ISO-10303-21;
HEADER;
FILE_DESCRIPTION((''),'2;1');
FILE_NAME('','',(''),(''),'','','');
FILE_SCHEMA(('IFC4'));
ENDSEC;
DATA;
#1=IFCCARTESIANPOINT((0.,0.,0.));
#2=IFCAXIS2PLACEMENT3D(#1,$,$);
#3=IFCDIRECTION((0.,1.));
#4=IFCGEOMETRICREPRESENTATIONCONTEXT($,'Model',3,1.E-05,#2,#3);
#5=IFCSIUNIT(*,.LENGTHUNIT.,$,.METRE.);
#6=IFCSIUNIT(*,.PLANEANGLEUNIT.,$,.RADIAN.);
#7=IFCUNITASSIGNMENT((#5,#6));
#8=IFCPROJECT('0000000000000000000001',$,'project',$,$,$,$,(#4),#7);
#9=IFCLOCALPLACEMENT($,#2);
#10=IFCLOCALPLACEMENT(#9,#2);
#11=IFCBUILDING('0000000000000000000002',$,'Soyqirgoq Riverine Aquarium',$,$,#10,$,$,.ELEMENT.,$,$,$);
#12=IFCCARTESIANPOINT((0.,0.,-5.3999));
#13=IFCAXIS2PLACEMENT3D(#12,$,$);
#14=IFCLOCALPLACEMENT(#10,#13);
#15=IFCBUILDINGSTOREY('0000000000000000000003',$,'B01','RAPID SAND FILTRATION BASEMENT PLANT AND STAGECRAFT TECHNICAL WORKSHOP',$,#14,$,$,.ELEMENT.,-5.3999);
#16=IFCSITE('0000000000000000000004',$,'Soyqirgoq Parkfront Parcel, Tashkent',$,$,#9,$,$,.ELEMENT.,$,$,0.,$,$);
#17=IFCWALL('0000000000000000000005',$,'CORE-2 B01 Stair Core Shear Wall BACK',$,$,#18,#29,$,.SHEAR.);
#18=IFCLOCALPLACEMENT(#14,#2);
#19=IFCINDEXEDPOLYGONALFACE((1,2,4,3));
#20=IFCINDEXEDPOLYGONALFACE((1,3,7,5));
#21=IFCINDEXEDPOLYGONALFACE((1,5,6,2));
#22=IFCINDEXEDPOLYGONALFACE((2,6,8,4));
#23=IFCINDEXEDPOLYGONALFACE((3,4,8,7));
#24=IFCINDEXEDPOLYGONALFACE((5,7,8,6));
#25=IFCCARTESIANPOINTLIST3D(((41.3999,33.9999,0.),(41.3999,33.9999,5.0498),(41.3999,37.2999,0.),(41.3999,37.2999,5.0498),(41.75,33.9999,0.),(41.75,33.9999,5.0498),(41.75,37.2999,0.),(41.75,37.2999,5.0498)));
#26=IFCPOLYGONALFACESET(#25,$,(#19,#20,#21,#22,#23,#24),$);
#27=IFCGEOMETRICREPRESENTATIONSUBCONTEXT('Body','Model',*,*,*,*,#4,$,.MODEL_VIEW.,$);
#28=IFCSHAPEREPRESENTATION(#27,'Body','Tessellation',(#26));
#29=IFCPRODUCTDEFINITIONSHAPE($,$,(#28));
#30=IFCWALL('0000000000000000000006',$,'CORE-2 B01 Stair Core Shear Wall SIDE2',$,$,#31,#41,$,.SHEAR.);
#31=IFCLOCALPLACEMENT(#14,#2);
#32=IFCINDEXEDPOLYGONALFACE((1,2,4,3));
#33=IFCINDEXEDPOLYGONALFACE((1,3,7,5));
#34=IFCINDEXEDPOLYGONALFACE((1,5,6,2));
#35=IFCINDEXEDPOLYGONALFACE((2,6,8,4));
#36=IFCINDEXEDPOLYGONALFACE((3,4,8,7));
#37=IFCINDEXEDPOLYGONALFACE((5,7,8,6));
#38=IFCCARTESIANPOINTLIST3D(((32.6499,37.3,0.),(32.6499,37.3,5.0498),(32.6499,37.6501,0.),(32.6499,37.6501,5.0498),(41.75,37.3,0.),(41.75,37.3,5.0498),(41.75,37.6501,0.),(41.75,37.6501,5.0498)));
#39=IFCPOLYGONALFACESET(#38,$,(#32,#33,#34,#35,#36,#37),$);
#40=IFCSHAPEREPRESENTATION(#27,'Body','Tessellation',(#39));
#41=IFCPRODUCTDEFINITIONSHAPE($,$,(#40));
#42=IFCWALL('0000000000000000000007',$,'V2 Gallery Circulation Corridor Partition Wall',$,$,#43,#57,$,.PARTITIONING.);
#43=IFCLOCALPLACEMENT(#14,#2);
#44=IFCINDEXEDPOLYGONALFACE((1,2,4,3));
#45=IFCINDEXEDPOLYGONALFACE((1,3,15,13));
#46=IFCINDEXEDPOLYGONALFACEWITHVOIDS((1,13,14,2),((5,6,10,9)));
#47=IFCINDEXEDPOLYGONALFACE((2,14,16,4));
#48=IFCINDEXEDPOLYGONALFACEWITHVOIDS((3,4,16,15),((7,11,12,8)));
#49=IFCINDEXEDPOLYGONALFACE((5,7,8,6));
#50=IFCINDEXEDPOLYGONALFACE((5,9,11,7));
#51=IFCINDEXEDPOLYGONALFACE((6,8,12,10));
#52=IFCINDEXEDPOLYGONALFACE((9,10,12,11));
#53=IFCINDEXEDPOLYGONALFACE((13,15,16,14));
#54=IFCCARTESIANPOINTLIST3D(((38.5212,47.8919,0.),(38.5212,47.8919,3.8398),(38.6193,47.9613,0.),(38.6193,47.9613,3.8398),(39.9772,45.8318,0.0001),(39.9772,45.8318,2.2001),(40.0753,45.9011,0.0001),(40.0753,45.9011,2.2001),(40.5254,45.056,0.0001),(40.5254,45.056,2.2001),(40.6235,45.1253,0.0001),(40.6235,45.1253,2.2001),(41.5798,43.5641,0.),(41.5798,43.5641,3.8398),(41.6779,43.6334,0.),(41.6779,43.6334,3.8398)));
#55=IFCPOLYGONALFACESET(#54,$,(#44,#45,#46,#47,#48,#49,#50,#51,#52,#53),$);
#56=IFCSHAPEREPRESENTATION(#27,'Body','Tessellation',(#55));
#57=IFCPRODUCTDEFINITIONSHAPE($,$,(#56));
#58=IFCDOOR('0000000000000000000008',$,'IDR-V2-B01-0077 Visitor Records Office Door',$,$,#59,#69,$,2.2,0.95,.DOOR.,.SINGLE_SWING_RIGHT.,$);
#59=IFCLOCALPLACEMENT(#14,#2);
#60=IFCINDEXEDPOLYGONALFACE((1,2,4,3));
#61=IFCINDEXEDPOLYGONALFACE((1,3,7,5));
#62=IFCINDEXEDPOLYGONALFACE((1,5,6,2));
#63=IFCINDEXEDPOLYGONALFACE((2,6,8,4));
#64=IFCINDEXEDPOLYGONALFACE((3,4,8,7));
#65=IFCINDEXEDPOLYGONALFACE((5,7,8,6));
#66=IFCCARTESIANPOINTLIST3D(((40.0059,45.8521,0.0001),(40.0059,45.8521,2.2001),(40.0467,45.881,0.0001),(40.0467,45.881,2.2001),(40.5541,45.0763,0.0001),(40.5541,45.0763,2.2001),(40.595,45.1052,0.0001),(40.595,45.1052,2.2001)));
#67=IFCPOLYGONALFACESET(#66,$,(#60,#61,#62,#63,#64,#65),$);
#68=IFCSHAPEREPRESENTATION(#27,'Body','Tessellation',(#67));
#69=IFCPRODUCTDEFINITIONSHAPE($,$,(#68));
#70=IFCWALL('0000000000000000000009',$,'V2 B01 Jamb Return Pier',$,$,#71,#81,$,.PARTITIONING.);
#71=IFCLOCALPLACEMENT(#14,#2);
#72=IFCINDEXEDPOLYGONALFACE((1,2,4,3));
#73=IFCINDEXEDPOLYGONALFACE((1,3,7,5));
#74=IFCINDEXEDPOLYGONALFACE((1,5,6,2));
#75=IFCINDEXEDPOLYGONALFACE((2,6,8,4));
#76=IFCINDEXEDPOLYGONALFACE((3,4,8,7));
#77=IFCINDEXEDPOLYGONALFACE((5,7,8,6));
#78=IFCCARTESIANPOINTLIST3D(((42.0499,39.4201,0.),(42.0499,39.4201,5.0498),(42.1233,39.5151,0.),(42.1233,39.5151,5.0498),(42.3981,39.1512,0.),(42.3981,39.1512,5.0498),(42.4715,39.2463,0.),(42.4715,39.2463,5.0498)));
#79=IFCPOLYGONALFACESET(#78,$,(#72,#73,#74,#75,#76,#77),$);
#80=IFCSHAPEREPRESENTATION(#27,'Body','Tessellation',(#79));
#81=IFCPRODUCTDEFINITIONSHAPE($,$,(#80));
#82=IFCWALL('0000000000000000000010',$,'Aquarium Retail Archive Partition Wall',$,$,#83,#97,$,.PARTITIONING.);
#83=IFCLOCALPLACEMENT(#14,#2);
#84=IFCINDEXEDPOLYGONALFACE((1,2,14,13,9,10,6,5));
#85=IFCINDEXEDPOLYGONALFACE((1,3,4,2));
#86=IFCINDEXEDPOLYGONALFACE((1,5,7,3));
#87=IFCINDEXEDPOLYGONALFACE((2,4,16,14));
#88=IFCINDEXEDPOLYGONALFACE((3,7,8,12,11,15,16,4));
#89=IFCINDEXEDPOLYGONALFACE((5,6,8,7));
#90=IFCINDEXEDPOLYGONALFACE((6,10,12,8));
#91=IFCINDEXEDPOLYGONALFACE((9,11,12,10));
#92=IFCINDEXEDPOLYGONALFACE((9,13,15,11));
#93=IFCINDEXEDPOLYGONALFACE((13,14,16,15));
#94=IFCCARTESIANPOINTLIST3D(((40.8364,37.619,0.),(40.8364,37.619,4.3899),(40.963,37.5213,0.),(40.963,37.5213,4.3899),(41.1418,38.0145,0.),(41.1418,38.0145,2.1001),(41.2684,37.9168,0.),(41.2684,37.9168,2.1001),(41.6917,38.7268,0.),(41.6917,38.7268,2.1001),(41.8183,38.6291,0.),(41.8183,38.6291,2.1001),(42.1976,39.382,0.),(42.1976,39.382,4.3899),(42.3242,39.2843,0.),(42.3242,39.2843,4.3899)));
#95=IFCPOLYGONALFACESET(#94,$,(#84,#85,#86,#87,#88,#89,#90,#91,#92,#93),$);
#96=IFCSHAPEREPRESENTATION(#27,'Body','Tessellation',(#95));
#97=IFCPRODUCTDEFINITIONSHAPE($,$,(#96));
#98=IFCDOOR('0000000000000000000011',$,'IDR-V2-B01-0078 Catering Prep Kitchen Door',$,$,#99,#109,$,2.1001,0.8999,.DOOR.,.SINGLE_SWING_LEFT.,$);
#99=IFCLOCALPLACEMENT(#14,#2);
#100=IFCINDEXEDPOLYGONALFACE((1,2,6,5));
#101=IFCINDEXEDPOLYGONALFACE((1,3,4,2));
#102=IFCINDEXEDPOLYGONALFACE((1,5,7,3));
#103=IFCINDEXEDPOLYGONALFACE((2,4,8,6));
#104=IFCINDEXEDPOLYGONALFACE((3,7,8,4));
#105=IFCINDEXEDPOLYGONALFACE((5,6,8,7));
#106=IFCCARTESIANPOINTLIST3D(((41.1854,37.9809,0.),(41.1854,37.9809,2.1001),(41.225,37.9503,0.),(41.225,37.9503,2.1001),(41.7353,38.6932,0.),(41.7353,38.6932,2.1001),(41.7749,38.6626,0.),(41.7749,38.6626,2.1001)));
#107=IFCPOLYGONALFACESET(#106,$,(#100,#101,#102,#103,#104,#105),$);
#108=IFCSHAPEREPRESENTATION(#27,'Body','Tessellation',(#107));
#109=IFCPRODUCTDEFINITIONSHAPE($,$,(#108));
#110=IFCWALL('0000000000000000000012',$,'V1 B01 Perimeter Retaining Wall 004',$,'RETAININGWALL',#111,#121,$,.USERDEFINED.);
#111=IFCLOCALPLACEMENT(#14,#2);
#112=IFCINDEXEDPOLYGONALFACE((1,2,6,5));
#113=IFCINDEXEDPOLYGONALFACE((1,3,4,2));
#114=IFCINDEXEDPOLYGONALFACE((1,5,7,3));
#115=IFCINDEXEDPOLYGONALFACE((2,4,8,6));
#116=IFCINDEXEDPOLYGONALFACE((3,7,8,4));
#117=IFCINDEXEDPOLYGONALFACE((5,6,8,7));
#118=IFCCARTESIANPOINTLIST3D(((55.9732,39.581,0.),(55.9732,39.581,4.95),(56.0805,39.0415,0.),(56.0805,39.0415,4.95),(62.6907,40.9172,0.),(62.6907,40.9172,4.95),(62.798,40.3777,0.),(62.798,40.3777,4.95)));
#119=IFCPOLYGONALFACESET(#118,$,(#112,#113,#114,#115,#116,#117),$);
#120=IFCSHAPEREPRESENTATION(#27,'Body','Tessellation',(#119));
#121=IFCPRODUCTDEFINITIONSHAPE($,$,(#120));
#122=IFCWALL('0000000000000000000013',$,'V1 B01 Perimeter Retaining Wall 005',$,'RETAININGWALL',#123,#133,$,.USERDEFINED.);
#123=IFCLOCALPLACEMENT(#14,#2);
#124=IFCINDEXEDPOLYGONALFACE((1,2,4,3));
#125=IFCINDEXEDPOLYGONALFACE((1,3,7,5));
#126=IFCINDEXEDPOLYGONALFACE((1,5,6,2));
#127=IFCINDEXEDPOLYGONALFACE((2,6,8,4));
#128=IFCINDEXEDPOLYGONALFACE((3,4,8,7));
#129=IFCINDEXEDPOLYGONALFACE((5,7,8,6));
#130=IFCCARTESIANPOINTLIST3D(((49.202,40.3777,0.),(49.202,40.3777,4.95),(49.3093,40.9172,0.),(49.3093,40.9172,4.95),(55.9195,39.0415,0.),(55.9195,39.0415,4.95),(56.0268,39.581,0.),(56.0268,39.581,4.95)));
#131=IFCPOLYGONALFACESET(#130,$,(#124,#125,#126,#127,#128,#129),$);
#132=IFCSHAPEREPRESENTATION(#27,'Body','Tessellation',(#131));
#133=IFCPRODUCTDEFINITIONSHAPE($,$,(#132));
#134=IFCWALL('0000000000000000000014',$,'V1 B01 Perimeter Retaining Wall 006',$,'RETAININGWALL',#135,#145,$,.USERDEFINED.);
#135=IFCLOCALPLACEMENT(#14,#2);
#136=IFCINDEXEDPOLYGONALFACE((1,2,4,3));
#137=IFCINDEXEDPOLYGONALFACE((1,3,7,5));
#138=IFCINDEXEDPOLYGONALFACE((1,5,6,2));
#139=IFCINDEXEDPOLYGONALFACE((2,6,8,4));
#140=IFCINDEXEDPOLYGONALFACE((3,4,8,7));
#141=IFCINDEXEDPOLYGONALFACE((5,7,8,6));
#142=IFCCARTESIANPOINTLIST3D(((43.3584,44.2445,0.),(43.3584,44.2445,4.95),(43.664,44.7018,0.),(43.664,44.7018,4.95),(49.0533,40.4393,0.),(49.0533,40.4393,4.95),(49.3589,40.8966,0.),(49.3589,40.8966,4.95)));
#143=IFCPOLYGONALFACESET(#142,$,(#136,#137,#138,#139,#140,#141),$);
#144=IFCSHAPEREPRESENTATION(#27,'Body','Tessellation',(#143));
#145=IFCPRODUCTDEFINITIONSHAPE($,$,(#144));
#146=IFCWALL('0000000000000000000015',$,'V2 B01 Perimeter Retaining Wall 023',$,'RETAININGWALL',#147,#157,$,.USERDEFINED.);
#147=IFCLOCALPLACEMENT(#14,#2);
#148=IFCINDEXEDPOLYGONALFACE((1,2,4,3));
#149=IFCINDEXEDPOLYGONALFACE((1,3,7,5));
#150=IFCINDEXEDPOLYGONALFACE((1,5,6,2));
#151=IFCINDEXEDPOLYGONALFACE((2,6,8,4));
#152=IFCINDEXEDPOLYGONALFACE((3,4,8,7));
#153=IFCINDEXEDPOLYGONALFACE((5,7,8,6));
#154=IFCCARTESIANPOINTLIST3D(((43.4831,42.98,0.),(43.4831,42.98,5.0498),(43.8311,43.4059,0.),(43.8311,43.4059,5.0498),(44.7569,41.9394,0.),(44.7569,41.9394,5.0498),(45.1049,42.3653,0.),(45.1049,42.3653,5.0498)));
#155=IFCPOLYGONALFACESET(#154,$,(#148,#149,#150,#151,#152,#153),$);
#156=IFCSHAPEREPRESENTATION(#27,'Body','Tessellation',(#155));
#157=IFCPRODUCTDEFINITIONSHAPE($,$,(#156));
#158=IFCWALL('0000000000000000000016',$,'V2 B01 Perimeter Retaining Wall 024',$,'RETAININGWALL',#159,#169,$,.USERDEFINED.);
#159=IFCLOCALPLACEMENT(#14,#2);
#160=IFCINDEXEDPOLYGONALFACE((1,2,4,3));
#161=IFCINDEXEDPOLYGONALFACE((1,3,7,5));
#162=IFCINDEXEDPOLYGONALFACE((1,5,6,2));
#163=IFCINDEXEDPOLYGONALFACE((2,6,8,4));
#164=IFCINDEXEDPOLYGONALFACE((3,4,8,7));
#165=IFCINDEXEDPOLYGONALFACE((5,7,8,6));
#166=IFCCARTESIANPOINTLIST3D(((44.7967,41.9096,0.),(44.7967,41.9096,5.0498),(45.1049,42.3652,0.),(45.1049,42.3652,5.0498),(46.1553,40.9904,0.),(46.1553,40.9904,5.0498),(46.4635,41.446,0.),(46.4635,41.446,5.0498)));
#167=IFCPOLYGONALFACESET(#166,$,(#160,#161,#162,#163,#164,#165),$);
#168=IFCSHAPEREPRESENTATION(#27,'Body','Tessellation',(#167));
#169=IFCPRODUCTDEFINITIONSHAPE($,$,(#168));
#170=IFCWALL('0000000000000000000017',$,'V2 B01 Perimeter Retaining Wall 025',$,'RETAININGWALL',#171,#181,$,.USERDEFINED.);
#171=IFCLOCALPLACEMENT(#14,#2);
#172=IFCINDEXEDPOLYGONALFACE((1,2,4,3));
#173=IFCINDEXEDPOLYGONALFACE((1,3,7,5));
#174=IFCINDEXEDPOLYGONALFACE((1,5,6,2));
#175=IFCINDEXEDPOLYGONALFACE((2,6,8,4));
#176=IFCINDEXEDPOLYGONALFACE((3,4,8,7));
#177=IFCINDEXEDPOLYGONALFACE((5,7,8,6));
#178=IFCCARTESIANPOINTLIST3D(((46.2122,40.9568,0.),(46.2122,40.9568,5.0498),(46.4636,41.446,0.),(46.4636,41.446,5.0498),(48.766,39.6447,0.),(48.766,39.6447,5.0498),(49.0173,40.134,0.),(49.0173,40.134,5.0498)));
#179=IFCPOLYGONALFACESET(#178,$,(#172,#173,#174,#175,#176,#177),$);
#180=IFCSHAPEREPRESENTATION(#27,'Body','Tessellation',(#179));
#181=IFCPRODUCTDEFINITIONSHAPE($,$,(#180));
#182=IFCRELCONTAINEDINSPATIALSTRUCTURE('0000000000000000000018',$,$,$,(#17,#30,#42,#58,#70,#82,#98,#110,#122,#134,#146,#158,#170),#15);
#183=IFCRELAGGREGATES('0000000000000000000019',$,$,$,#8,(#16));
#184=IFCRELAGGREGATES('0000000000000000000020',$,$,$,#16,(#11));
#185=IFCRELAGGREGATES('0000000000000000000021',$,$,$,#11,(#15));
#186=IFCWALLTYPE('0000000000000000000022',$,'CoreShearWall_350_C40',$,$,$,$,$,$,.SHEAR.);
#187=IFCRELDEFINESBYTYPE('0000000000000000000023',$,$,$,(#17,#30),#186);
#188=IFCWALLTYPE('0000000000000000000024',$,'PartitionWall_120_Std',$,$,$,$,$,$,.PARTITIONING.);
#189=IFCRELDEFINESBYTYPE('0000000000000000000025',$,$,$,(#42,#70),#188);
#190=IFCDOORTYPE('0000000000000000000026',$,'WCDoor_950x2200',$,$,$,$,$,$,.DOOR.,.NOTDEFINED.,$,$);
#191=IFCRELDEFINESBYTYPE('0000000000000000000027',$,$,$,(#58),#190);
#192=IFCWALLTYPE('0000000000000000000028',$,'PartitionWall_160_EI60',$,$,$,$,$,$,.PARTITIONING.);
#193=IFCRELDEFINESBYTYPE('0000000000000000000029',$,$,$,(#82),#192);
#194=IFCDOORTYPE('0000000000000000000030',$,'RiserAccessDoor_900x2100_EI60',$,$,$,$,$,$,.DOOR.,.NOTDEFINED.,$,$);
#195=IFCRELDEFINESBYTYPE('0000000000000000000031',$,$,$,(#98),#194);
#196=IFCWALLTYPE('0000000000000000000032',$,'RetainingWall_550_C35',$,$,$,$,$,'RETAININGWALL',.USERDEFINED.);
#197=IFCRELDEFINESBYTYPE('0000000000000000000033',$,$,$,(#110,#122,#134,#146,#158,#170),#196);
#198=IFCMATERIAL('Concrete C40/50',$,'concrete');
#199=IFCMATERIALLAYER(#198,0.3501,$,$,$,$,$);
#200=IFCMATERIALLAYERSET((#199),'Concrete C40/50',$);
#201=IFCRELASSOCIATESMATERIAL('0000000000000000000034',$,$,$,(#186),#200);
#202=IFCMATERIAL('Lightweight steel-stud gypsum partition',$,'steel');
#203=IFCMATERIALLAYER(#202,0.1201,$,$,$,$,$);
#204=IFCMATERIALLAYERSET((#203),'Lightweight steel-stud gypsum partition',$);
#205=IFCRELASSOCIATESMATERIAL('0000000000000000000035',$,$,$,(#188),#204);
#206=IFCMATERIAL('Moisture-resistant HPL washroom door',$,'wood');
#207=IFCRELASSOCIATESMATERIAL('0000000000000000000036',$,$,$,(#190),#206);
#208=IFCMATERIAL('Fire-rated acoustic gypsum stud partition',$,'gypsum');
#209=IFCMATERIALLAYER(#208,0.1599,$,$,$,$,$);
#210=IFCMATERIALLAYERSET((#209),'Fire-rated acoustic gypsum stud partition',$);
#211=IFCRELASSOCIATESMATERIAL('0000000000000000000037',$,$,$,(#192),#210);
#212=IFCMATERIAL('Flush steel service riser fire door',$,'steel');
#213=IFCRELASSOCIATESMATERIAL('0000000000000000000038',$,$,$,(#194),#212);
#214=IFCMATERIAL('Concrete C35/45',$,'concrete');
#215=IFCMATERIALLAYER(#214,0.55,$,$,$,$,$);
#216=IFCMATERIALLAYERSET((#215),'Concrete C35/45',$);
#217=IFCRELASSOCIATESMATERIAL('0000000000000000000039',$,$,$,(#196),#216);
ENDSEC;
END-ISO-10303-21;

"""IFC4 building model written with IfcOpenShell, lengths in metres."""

from ifc_helpers import new_model, si_unit, direction, frame, frame_2d, origin, place, context, subcontext, project, spatial, rectangle, extrude, material, layer, layer_set, type_object, element, fill, save


model = new_model("IFC4")

# Units and contexts
model_context = context("Model", 3, precision=1e-05, world=origin(), true_north=direction((0.0, 1.0)))
body_context = subcontext(model_context, "Body", "Model", "MODEL_VIEW")
ifc_project = project(units=[si_unit("LENGTHUNIT", "METRE"), si_unit("PLANEANGLEUNIT", "RADIAN")], contexts=[model_context])

# Site, building, storey
site_placement = place(None, origin())
site = spatial("IfcSite", under=ifc_project, at=site_placement, Name="Soyqirgoq Parkfront Parcel, Tashkent", CompositionType="ELEMENT", RefElevation=0.0)
building_placement = place(site_placement, origin())
building = spatial("IfcBuilding", under=site, at=building_placement, Name="Soyqirgoq Riverine Aquarium", CompositionType="ELEMENT")
storey_placement = place(building_placement, frame((0.0, 0.0, -5.3999)))
storey = spatial("IfcBuildingStorey", under=building, at=storey_placement, Name="B01", Description="RAPID SAND FILTRATION BASEMENT PLANT AND STAGECRAFT TECHNICAL WORKSHOP", CompositionType="ELEMENT", Elevation=-5.3999)

# Walls
ifc_material_1 = material(Name="Concrete C40/50", Category="concrete")
ifc_layer_1 = layer(ifc_material_1, 0.3501)
ifc_layer_set_1 = layer_set([ifc_layer_1], Name="Concrete C40/50")
wall_type_1 = type_object("IfcWallType", Name="CoreShearWall_350_C40", PredefinedType="SHEAR", material=ifc_layer_set_1)
wall_1_placement = place(storey_placement, frame((41.575, 34.0, 0.0), z_axis=(0.0, 0.0, 1.0), x_axis=(0.0, 1.0, 0.0)))
element("IfcWall", 1, at=wall_1_placement, inside=storey, type_object=wall_type_1, Name="CORE-2 B01 Stair Core Shear Wall BACK", PredefinedType="SHEAR", context=body_context, shape_type="SweptSolid", body=[
    extrude(rectangle(XDim=3.3, YDim=0.3501, at=frame_2d((1.6499, 0.0))), origin(), (0.0, 0.0, 1.0), 5.0498),
])
wall_2_placement = place(storey_placement, frame((41.75, 37.4751, 0.0), z_axis=(0.0, 0.0, 1.0), x_axis=(-1.0, 0.0, 0.0)))
element("IfcWall", 2, at=wall_2_placement, inside=storey, type_object=wall_type_1, Name="CORE-2 B01 Stair Core Shear Wall SIDE2", PredefinedType="SHEAR", context=body_context, shape_type="SweptSolid", body=[
    extrude(rectangle(XDim=9.1001, YDim=0.3501, at=frame_2d((4.55, 0.0))), origin(), (0.0, 0.0, 1.0), 5.0498),
])

# Wall, opening, door
ifc_material_2 = material(Name="Lightweight steel-stud gypsum partition", Category="steel")
ifc_layer_2 = layer(ifc_material_2, 0.1201)
ifc_layer_set_2 = layer_set([ifc_layer_2], Name="Lightweight steel-stud gypsum partition")
wall_type_2 = type_object("IfcWallType", Name="PartitionWall_120_Std", PredefinedType="PARTITIONING", material=ifc_layer_set_2)
wall_3_placement = place(storey_placement, frame((41.6289, 43.5986, 0.0), z_axis=(0.0, 0.0, 1.0), x_axis=(-0.577139, 0.816646, 0.0)))
wall_3 = element("IfcWall", 3, at=wall_3_placement, inside=storey, type_object=wall_type_2, Name="V2 Gallery Circulation Corridor Partition Wall", PredefinedType="PARTITIONING", context=body_context, shape_type="SweptSolid", body=[
    extrude(rectangle(XDim=5.2996, YDim=0.1201, at=frame_2d((2.6499, 0.0))), origin(), (0.0, 0.0, 1.0), 3.8398),
])
opening_1_placement = place(wall_3_placement, frame((1.8269, 0.0, 0.0)))
opening_1 = element("IfcOpeningElement", 4, at=opening_1_placement, cuts=wall_3, PredefinedType="OPENING", context=body_context, shape_type="SweptSolid", body=[
    extrude(rectangle(XDim=0.95, YDim=2.2, at=frame_2d((0.4751, 1.1001))), frame((0.0, 0.0701, 0.0), z_axis=(0.0, -1.0, 0.0), x_axis=(1.0, 0.0, 0.0)), (0.0, 0.0, 1.0), 0.1401),
])
ifc_material_3 = material(Name="Moisture-resistant HPL washroom door", Category="wood")
door_type_1 = type_object("IfcDoorType", Name="WCDoor_950x2200", OperationType="NOTDEFINED", PredefinedType="DOOR", material=ifc_material_3)
door_1_placement = place(opening_1_placement, origin())
door_1 = element("IfcDoor", 5, at=door_1_placement, inside=storey, type_object=door_type_1, Name="IDR-V2-B01-0077 Visitor Records Office Door", OperationType="SINGLE_SWING_RIGHT", OverallHeight=2.2, OverallWidth=0.95, PredefinedType="DOOR", context=body_context, shape_type="SweptSolid", body=[
    extrude(rectangle(XDim=0.95, YDim=2.2, at=frame_2d((0.4751, 1.1001))), frame((0.0, 0.0249, 0.0), z_axis=(0.0, -1.0, 0.0), x_axis=(1.0, 0.0, 0.0)), (0.0, 0.0, 1.0), 0.05),
])
fill(opening_1, door_1)

# Wall
wall_4_placement = place(storey_placement, frame((42.4348, 39.1987, 0.0), z_axis=(0.0, 0.0, 1.0), x_axis=(-0.791529, 0.611132, 0.0)))
element("IfcWall", 6, at=wall_4_placement, inside=storey, type_object=wall_type_2, Name="V2 B01 Jamb Return Pier", PredefinedType="PARTITIONING", context=body_context, shape_type="SweptSolid", body=[
    extrude(rectangle(XDim=0.4399, YDim=0.1201, at=frame_2d((0.22, 0.0))), origin(), (0.0, 0.0, 1.0), 5.0498),
])

# Wall, opening, door
ifc_material_4 = material(Name="Fire-rated acoustic gypsum stud partition", Category="gypsum")
ifc_layer_3 = layer(ifc_material_4, 0.1599)
ifc_layer_set_3 = layer_set([ifc_layer_3], Name="Fire-rated acoustic gypsum stud partition")
wall_type_3 = type_object("IfcWallType", Name="PartitionWall_160_EI60", PredefinedType="PARTITIONING", material=ifc_layer_set_3)
wall_5_placement = place(storey_placement, frame((40.8997, 37.5701, 0.0), z_axis=(0.0, 0.0, 1.0), x_axis=(0.611114, 0.791543, 0.0)))
wall_5 = element("IfcWall", 7, at=wall_5_placement, inside=storey, type_object=wall_type_3, Name="Aquarium Retail Archive Partition Wall", PredefinedType="PARTITIONING", context=body_context, shape_type="SweptSolid", body=[
    extrude(rectangle(XDim=2.2273, YDim=0.1599, at=frame_2d((1.1138, 0.0))), origin(), (0.0, 0.0, 1.0), 4.3899),
])
opening_2_placement = place(wall_5_placement, frame((0.4998, 0.0, 0.0)))
opening_2 = element("IfcOpeningElement", 8, at=opening_2_placement, cuts=wall_5, PredefinedType="OPENING", context=body_context, shape_type="SweptSolid", body=[
    extrude(rectangle(XDim=0.8999, YDim=2.1001, at=frame_2d((0.45, 1.05))), frame((0.0, 0.0898, 0.0), z_axis=(0.0, -1.0, 0.0), x_axis=(1.0, 0.0, 0.0)), (0.0, 0.0, 1.0), 0.1799),
])
ifc_material_5 = material(Name="Flush steel service riser fire door", Category="steel")
door_type_2 = type_object("IfcDoorType", Name="RiserAccessDoor_900x2100_EI60", OperationType="NOTDEFINED", PredefinedType="DOOR", material=ifc_material_5)
door_2_placement = place(opening_2_placement, origin())
door_2 = element("IfcDoor", 9, at=door_2_placement, inside=storey, type_object=door_type_2, Name="IDR-V2-B01-0078 Catering Prep Kitchen Door", OperationType="SINGLE_SWING_LEFT", OverallHeight=2.1001, OverallWidth=0.8999, PredefinedType="DOOR", context=body_context, shape_type="SweptSolid", body=[
    extrude(rectangle(XDim=0.8999, YDim=2.1001, at=frame_2d((0.45, 1.05))), frame((0.0, 0.0249, 0.0), z_axis=(0.0, -1.0, 0.0), x_axis=(1.0, 0.0, 0.0)), (0.0, 0.0, 1.0), 0.05),
])
fill(opening_2, door_2)

# Walls
ifc_material_6 = material(Name="Concrete C35/45", Category="concrete")
ifc_layer_4 = layer(ifc_material_6, 0.55)
ifc_layer_set_4 = layer_set([ifc_layer_4], Name="Concrete C35/45")
wall_type_4 = type_object("IfcWallType", Name="RetainingWall_550_C35", ElementType="RETAININGWALL", PredefinedType="USERDEFINED", material=ifc_layer_set_4)
for number, where, z_axis, x_axis, name in (
    (10, (62.7444, 40.6475, 0.0), (0.0, 0.0, 1.0), (-0.980786, -0.195088, 0.0), "V1 B01 Perimeter Retaining Wall 004"),
    (11, (55.9731, 39.3113, 0.0), (0.0, 0.0, 1.0), (-0.980786, 0.195088, 0.0), "V1 B01 Perimeter Retaining Wall 005"),
    (12, (49.2061, 40.668, 0.0), (0.0, 0.0, 1.0), (-0.831469, 0.555572, 0.0), "V1 B01 Perimeter Retaining Wall 006"),
):
    element("IfcWall", number, at=place(storey_placement, frame(where, z_axis=z_axis, x_axis=x_axis)), inside=storey, type_object=wall_type_4, Name=name, ObjectType="RETAININGWALL", PredefinedType="USERDEFINED", context=body_context, shape_type="SweptSolid", body=[
        extrude(rectangle(XDim=6.8491, YDim=0.55, at=frame_2d((3.4246, 0.0))), origin(), (0.0, 0.0, 1.0), 4.95),
    ])
wall_6_placement = place(storey_placement, frame((43.6572, 43.1929, 0.0), z_axis=(0.0, 0.0, 1.0), x_axis=(0.774427, -0.632664, 0.0)))
element("IfcWall", 13, at=wall_6_placement, inside=storey, type_object=wall_type_4, Name="V2 B01 Perimeter Retaining Wall 023", ObjectType="RETAININGWALL", PredefinedType="USERDEFINED", context=body_context, shape_type="SweptSolid", body=[
    extrude(rectangle(XDim=1.6448, YDim=0.55, at=frame_2d((0.8223, 0.0))), origin(), (0.0, 0.0, 1.0), 5.0498),
])
wall_7_placement = place(storey_placement, frame((44.9507, 42.1375, 0.0), z_axis=(0.0, 0.0, 1.0), x_axis=(0.828253, -0.560354, 0.0)))
element("IfcWall", 14, at=wall_7_placement, inside=storey, type_object=wall_type_4, Name="V2 B01 Perimeter Retaining Wall 024", ObjectType="RETAININGWALL", PredefinedType="USERDEFINED", context=body_context, shape_type="SweptSolid", body=[
    extrude(rectangle(XDim=1.6404, YDim=0.55, at=frame_2d((0.8203, 0.0))), origin(), (0.0, 0.0, 1.0), 5.0498),
])
wall_8_placement = place(storey_placement, frame((46.3379, 41.2014, 0.0), z_axis=(0.0, 0.0, 1.0), x_axis=(0.889475, -0.456983, 0.0)))
element("IfcWall", 15, at=wall_8_placement, inside=storey, type_object=wall_type_4, Name="V2 B01 Perimeter Retaining Wall 025", ObjectType="RETAININGWALL", PredefinedType="USERDEFINED", context=body_context, shape_type="SweptSolid", body=[
    extrude(rectangle(XDim=2.8711, YDim=0.55, at=frame_2d((1.4355, 0.0))), origin(), (0.0, 0.0, 1.0), 5.0498),
])

save(model, "model.ifc")
